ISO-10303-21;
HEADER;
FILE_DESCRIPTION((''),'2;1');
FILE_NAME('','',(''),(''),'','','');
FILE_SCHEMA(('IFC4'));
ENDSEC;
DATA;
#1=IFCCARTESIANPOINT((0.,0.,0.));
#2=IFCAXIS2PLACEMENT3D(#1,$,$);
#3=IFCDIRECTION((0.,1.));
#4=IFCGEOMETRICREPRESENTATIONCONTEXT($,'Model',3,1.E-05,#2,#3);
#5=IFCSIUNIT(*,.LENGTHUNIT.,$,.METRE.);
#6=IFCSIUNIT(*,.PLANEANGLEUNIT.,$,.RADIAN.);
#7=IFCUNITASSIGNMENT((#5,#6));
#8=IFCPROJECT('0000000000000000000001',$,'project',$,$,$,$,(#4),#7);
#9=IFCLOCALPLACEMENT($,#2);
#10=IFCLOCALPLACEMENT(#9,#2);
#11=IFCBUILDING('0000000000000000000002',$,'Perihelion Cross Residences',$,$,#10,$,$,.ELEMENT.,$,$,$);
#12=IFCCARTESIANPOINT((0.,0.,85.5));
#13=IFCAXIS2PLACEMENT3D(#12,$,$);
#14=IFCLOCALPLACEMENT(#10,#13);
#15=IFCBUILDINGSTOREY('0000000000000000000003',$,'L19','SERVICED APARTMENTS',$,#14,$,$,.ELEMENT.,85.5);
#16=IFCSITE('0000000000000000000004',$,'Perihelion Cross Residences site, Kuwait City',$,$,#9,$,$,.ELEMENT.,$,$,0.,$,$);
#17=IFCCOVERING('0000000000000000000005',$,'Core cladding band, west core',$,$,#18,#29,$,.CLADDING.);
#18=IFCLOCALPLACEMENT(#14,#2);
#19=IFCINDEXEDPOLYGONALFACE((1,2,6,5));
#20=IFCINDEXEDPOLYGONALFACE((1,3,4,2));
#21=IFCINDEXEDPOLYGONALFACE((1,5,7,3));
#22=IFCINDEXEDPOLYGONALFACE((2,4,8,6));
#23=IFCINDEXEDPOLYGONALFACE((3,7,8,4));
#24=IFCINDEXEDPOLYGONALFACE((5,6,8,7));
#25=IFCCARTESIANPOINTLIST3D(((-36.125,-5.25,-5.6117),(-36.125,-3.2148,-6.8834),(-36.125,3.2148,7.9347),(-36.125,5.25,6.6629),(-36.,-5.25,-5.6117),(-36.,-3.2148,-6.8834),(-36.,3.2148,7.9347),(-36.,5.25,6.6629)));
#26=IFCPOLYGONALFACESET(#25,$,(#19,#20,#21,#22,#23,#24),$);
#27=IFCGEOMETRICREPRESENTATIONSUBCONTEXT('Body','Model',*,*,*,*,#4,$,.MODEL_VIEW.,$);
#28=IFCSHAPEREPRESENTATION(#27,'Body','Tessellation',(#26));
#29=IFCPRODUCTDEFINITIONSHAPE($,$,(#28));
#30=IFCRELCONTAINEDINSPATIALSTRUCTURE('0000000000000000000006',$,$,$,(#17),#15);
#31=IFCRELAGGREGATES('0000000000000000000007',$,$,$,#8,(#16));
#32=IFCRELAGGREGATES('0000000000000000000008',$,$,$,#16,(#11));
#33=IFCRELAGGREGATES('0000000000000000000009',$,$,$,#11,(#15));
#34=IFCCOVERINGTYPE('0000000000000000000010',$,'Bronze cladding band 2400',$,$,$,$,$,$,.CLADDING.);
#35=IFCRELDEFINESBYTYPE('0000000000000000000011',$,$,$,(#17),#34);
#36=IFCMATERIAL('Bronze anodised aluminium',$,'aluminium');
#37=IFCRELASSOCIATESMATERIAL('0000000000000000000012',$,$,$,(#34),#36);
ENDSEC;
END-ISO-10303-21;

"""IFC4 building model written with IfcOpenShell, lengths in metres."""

from ifc_helpers import new_model, si_unit, direction, frame, origin, origin_2d, place, context, subcontext, project, spatial, rectangle, extrude, material, material_profile, profile_set, type_object, element, save


model = new_model("IFC4")

# Units and contexts
model_context = context("Model", 3, precision=1e-05, world=origin(), true_north=direction((0.0, 1.0)))
body_context = subcontext(model_context, "Body", "Model", "MODEL_VIEW")
ifc_project = project(units=[si_unit("LENGTHUNIT", "METRE"), si_unit("PLANEANGLEUNIT", "RADIAN")], contexts=[model_context])

# Site, building, storey
site_placement = place(None, origin())
site = spatial("IfcSite", under=ifc_project, at=site_placement, Name="Perihelion Cross Residences site, Kuwait City", CompositionType="ELEMENT", RefElevation=0.0)
building_placement = place(site_placement, origin())
building = spatial("IfcBuilding", under=site, at=building_placement, Name="Perihelion Cross Residences", CompositionType="ELEMENT")
storey_placement = place(building_placement, frame((0.0, 0.0, 85.5)))
storey = spatial("IfcBuildingStorey", under=building, at=storey_placement, Name="L19", Description="SERVICED APARTMENTS", CompositionType="ELEMENT", Elevation=85.5)

# Covering
ifc_material_1 = material(Name="Bronze anodised aluminium", Category="aluminium")
ifc_material_profile = material_profile(ifc_material_1, rectangle(XDim=0.125, YDim=2.3999, at=origin_2d()), Name="Bronze cladding band 2400")
ifc_profile_set = profile_set([ifc_material_profile], Name="Bronze anodised aluminium")
covering_type = type_object("IfcCoveringType", Name="Bronze cladding band 2400", PredefinedType="CLADDING", material=ifc_profile_set)
for number, where, z_axis, x_axis, name in (
    (1, (-36.0625, -4.2324, -6.2476), (0.0, 0.529925, 0.848045), (-1.0, 0.0, 0.0), "Core cladding band, west core"),
):
    element("IfcCovering", number, at=place(storey_placement, frame(where, z_axis=z_axis, x_axis=x_axis)), inside=storey, type_object=covering_type, Name=name, PredefinedType="CLADDING", context=body_context, shape_type="SweptSolid", body=[
        extrude(rectangle(XDim=0.125, YDim=2.3999, at=origin_2d()), origin(), (0.0, 0.0, 1.0), 15.9736),
    ])

save(model, "model.ifc")
